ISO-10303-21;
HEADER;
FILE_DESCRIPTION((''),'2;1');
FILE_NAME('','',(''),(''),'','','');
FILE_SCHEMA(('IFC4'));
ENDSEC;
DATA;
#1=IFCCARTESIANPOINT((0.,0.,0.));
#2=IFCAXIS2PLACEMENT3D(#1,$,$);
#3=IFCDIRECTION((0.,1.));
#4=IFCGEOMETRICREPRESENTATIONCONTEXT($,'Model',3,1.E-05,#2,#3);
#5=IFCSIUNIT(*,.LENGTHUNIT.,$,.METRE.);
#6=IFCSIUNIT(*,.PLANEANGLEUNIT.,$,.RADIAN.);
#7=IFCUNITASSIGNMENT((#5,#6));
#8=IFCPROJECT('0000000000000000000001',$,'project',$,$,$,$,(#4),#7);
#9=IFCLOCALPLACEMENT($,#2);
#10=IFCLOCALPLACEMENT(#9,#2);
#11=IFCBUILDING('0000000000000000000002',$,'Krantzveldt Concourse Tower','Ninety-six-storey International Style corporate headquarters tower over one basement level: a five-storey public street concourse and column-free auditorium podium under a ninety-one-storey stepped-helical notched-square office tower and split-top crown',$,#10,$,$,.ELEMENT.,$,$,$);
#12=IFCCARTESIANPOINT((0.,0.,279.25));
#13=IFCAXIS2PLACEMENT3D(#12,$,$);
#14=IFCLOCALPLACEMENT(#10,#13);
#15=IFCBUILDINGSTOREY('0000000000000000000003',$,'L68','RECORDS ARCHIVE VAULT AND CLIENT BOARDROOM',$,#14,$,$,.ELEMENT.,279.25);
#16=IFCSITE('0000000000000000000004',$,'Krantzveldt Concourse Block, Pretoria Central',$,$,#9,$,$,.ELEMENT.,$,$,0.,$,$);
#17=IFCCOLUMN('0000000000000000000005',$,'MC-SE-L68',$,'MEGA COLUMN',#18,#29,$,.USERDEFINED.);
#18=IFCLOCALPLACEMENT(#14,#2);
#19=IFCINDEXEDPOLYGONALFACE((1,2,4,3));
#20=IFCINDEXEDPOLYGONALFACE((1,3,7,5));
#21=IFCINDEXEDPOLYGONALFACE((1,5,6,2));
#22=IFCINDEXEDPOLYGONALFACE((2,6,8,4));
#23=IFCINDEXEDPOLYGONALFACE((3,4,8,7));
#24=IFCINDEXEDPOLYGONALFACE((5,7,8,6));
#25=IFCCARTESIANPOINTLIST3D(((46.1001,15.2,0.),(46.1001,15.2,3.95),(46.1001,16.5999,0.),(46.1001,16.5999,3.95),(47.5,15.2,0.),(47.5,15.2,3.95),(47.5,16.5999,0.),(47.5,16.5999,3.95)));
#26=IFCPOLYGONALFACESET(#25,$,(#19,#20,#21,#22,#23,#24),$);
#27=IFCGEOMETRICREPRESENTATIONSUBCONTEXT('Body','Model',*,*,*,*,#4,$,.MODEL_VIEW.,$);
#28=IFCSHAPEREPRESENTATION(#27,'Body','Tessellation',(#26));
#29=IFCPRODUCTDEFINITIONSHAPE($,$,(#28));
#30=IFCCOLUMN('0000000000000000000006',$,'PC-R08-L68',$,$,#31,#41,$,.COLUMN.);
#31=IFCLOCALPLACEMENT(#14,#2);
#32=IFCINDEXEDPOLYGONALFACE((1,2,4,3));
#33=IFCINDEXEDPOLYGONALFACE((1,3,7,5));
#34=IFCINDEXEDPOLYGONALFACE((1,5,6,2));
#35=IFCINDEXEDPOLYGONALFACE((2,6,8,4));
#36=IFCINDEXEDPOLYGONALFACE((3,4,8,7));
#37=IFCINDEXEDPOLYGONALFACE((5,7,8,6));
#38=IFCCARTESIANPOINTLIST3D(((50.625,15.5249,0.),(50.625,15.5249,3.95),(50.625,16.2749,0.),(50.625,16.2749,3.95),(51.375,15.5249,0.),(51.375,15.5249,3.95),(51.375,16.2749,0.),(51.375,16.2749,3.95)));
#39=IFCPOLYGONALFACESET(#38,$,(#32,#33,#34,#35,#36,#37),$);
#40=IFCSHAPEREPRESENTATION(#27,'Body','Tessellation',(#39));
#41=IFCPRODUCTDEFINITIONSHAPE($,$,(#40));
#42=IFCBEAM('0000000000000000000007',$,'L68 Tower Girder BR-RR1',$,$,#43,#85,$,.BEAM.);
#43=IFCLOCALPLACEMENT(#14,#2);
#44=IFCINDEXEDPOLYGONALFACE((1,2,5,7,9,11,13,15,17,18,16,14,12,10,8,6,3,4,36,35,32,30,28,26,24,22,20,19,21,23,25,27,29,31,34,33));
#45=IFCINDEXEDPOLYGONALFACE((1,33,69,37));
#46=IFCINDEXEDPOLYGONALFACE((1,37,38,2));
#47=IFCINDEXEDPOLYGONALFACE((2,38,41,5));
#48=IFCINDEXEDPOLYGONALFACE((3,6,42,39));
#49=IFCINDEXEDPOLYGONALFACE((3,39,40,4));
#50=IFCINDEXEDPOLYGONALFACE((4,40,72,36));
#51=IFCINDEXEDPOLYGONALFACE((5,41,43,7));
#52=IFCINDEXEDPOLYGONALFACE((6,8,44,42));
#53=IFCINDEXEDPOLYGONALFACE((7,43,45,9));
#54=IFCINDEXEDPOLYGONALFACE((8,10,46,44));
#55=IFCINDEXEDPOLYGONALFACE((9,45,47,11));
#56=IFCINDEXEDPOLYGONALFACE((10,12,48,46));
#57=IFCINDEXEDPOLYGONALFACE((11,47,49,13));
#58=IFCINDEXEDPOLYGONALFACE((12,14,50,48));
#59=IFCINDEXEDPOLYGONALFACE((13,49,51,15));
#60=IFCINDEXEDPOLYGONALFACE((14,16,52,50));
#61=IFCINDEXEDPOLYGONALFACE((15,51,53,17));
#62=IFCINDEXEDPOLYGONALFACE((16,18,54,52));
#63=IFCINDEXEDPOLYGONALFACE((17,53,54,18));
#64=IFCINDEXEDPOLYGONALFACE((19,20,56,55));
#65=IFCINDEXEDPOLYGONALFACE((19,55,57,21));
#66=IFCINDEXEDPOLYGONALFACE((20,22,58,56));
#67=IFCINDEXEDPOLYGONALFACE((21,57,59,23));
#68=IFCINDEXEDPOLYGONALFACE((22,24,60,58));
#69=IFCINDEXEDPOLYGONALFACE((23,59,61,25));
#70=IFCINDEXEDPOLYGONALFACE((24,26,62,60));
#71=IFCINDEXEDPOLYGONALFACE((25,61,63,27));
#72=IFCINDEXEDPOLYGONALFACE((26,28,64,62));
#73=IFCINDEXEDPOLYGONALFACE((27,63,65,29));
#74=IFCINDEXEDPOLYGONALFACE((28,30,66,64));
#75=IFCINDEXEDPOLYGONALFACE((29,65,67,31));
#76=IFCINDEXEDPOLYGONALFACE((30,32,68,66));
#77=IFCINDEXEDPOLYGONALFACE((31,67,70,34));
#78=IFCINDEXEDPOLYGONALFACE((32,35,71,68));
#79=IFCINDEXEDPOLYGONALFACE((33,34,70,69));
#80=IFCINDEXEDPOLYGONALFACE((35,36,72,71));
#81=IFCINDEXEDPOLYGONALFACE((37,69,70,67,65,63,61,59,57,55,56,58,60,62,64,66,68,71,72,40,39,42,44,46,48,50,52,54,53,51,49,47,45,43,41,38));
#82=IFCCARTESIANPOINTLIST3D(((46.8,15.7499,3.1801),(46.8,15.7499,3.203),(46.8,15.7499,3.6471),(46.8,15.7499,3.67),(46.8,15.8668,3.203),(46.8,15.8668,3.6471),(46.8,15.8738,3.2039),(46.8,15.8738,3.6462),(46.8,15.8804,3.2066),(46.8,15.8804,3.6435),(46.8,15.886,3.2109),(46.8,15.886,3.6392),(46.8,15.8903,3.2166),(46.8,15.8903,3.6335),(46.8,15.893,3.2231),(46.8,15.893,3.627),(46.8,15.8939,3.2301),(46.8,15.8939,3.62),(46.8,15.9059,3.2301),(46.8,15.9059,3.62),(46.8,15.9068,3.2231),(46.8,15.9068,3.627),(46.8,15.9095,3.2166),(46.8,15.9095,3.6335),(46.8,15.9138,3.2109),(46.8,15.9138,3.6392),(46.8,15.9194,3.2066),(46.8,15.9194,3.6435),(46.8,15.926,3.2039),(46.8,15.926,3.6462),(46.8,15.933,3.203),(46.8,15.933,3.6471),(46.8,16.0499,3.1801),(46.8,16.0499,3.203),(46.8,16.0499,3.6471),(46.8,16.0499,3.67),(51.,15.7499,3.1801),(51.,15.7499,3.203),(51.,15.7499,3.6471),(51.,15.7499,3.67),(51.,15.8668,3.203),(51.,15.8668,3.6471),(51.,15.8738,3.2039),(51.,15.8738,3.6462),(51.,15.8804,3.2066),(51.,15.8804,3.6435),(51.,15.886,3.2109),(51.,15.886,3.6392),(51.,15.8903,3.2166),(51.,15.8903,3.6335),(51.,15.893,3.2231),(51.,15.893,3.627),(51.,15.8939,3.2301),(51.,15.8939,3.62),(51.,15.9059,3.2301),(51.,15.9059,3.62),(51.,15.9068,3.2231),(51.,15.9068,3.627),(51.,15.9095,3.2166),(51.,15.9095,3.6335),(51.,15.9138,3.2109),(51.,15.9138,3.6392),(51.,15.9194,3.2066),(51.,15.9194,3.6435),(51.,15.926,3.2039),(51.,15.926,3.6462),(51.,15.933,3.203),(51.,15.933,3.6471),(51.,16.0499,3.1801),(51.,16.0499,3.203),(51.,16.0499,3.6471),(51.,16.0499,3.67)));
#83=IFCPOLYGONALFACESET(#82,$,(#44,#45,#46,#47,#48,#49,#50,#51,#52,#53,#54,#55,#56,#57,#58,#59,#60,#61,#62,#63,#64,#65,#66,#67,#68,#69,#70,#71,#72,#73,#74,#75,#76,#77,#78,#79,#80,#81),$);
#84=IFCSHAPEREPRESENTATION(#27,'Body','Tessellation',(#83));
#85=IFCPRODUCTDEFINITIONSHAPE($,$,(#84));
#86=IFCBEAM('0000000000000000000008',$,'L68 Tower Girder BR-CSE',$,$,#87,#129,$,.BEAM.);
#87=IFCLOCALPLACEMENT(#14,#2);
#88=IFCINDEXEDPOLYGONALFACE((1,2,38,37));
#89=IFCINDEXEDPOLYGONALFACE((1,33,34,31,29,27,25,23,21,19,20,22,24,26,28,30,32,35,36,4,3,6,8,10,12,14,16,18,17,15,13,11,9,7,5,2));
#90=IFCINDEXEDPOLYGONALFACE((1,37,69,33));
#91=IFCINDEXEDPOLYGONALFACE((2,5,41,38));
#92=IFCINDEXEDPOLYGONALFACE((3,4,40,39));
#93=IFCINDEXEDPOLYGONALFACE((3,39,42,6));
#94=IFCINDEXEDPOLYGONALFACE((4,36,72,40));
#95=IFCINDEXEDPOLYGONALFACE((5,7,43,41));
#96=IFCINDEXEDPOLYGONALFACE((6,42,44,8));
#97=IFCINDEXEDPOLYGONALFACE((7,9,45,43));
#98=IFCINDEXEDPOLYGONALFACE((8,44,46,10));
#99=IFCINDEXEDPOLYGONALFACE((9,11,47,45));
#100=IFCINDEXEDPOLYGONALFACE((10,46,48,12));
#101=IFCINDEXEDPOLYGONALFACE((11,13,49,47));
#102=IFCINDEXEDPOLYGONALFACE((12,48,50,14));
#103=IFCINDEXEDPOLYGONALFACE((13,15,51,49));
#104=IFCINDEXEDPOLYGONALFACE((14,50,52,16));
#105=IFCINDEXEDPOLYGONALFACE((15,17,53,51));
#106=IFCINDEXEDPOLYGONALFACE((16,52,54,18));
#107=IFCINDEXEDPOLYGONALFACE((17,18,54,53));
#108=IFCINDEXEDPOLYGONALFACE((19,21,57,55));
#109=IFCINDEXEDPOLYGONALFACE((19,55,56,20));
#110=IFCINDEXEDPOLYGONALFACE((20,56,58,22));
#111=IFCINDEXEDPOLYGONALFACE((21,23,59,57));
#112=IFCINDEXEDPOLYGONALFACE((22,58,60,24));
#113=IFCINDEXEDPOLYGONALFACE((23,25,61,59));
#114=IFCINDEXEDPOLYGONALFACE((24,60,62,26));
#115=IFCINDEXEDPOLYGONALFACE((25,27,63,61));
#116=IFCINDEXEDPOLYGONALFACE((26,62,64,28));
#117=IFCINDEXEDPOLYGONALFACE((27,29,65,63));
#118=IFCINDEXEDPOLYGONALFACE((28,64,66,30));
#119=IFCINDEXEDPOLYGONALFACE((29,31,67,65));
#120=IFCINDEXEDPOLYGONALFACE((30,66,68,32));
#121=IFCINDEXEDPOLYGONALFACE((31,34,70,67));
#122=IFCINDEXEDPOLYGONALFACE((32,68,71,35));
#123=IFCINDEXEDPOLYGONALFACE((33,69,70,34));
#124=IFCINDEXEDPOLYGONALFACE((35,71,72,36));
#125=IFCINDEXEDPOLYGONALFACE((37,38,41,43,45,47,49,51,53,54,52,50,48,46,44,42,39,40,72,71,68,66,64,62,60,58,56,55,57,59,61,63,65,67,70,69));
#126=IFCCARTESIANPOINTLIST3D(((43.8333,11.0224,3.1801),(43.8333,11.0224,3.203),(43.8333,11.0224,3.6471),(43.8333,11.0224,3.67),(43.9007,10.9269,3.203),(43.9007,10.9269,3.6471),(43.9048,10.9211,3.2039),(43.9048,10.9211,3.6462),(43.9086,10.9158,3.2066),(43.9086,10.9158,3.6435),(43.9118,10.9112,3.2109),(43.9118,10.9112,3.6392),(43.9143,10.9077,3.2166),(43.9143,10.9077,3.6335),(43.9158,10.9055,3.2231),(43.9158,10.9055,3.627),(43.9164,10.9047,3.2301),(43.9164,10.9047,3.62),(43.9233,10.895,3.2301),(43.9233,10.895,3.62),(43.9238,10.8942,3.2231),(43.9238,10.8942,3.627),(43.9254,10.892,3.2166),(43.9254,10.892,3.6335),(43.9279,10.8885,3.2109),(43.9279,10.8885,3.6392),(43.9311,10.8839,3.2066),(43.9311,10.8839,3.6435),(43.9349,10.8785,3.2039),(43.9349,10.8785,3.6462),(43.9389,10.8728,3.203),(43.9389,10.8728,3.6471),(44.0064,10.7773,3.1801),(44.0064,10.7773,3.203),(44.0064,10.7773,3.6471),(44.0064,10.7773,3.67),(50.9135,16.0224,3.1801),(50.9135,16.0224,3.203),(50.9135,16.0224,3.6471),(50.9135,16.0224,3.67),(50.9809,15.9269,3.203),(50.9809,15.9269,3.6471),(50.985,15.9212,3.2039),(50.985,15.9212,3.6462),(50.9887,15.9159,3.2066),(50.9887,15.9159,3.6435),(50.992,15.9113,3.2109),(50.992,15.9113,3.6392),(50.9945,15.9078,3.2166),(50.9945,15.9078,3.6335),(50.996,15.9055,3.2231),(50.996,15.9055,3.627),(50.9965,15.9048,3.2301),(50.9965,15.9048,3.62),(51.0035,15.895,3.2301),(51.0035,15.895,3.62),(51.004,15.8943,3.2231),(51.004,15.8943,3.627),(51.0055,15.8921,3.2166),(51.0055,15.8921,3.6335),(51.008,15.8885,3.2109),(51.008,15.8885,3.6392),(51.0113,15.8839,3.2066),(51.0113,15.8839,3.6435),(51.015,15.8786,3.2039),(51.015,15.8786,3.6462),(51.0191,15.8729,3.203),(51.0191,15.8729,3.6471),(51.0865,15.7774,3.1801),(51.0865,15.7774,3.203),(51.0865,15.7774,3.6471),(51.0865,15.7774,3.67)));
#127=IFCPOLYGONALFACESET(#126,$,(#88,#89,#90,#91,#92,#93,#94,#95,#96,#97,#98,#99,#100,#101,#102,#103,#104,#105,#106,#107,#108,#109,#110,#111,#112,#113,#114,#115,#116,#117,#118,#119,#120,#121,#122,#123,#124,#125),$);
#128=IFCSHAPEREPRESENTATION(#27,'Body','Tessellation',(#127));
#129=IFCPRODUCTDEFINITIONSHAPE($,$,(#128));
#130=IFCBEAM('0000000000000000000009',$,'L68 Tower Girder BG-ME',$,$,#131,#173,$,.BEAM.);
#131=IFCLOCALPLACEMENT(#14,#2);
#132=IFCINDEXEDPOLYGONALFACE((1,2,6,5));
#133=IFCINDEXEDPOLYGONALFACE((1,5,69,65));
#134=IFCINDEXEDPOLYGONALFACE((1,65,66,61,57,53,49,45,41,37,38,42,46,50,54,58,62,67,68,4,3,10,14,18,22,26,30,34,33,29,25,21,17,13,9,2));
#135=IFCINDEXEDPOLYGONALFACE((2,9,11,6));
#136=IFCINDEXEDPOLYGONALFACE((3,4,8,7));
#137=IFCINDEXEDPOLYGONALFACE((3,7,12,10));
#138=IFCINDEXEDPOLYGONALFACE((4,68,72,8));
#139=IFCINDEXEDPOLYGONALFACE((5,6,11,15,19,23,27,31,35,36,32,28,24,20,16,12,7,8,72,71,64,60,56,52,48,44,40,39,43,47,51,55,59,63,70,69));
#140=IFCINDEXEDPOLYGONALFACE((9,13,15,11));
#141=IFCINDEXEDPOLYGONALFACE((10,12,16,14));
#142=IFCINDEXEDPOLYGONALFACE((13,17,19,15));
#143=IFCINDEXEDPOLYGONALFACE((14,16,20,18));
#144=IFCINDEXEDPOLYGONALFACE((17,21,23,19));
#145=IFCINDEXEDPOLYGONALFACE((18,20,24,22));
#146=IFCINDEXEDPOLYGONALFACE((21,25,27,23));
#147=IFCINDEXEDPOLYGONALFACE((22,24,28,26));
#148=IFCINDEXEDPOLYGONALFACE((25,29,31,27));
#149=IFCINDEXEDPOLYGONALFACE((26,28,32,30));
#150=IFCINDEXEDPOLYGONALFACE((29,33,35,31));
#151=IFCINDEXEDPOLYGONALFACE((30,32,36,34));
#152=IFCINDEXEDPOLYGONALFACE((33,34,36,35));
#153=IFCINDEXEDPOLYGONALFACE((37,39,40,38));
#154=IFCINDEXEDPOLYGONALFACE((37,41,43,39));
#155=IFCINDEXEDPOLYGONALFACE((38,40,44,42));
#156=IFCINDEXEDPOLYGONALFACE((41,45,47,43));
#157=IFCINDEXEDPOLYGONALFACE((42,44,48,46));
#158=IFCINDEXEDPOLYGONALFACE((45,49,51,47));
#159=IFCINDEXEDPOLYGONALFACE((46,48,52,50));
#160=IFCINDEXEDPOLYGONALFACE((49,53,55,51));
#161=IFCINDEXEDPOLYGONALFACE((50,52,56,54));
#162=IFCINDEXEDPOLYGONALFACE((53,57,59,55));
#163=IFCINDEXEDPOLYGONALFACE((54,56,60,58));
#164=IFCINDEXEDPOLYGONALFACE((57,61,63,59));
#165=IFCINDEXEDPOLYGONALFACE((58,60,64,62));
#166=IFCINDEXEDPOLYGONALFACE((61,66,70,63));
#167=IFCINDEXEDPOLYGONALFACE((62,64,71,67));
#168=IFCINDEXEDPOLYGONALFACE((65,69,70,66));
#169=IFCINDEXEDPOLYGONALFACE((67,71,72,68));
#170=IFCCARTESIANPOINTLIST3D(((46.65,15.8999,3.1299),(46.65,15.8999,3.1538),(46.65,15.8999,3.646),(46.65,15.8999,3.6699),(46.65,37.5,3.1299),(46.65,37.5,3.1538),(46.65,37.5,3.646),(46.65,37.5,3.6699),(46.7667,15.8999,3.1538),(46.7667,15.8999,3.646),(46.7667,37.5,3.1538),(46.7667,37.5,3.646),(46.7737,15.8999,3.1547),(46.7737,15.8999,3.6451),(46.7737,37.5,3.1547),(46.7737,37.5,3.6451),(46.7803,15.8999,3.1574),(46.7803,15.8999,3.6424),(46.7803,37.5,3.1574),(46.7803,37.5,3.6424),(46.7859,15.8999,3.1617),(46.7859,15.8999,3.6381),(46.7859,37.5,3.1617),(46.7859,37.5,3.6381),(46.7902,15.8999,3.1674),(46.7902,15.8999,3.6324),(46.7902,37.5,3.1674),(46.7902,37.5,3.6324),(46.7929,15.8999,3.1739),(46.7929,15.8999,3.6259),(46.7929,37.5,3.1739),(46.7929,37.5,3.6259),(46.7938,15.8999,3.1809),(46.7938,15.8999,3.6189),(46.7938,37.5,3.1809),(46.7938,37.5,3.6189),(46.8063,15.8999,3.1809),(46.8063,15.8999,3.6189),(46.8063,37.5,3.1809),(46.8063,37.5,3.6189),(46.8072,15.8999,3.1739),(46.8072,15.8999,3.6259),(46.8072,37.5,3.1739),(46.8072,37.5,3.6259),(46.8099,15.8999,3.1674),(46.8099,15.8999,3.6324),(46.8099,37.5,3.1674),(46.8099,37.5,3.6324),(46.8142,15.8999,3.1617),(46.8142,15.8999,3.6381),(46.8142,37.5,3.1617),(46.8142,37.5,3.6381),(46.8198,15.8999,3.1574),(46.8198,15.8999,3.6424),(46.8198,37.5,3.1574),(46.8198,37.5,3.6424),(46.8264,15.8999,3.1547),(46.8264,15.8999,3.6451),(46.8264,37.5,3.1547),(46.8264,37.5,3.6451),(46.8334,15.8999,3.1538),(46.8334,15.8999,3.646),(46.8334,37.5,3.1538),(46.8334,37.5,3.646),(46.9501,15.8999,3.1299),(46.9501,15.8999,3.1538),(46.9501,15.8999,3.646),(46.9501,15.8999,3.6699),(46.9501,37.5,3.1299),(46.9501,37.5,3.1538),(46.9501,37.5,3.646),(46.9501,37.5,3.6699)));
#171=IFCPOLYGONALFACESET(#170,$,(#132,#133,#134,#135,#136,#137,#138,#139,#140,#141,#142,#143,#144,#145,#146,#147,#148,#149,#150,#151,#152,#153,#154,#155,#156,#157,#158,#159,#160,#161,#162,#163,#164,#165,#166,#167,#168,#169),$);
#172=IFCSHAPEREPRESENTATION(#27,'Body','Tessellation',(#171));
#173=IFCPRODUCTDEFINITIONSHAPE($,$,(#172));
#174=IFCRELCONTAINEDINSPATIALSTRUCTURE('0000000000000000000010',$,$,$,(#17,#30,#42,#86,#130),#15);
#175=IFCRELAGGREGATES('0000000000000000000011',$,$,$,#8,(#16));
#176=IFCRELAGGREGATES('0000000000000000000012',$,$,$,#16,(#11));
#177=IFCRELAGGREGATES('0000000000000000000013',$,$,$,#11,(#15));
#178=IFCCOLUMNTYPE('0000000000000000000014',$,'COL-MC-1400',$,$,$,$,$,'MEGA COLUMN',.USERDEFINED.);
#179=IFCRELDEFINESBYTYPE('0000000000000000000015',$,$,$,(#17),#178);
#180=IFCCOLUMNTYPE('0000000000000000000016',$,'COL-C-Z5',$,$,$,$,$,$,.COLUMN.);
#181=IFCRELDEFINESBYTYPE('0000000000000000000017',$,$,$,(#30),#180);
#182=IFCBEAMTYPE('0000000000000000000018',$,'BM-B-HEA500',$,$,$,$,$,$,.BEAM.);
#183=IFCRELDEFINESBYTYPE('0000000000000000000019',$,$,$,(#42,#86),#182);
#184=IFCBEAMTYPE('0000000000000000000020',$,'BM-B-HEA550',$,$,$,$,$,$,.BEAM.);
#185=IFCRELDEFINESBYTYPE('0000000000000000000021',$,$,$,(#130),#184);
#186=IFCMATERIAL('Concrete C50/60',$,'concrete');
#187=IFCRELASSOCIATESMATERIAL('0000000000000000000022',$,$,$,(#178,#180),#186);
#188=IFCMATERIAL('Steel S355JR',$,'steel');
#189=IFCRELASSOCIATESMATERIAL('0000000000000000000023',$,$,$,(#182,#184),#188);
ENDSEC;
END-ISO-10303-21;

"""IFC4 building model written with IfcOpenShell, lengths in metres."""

from ifc_helpers import new_model, si_unit, direction, frame, origin, origin_2d, place, context, subcontext, project, spatial, rectangle, i_section, extrude, source, transform, mapped, material, material_profile, profile_set, type_object, type_shapes, element, save


model = new_model("IFC4")

# Units and contexts
model_context = context("Model", 3, precision=1e-05, world=origin(), true_north=direction((0.0, 1.0)))
body_context = subcontext(model_context, "Body", "Model", "MODEL_VIEW")
ifc_project = project(units=[si_unit("LENGTHUNIT", "METRE"), si_unit("PLANEANGLEUNIT", "RADIAN")], contexts=[model_context])

# Site, building, storey
site_placement = place(None, origin())
site = spatial("IfcSite", under=ifc_project, at=site_placement, Name="Krantzveldt Concourse Block, Pretoria Central", CompositionType="ELEMENT", RefElevation=0.0)
building_placement = place(site_placement, origin())
building = spatial("IfcBuilding", under=site, at=building_placement, Name="Krantzveldt Concourse Tower", Description="Ninety-six-storey International Style corporate headquarters tower over one basement level: a five-storey public street concourse and column-free auditorium podium under a ninety-one-storey stepped-helical notched-square office tower and split-top crown", CompositionType="ELEMENT")
storey_placement = place(building_placement, frame((0.0, 0.0, 279.25)))
storey = spatial("IfcBuildingStorey", under=building, at=storey_placement, Name="L68", Description="RECORDS ARCHIVE VAULT AND CLIENT BOARDROOM", CompositionType="ELEMENT", Elevation=279.25)

# Columns
ifc_material_1 = material(Name="Concrete C50/60", Category="concrete")
ifc_material_profile_1 = material_profile(ifc_material_1, rectangle(XDim=1.3999, YDim=1.3999, at=origin_2d()), Name="Concrete C50/60", Category="concrete")
ifc_profile_set_1 = profile_set([ifc_material_profile_1], Name="Concrete C50/60 - RC 1400x1400")
column_type_1 = type_object("IfcColumnType", Name="COL-MC-1400", ElementType="MEGA COLUMN", PredefinedType="USERDEFINED", material=ifc_profile_set_1)
shared_shape_1 = source(origin(), body_context, "Body", "SweptSolid", [
    extrude(rectangle(XDim=1.3999, YDim=1.3999, at=origin_2d()), origin(), (0.0, 0.0, 1.0), 3.95),
])
type_shapes(column_type_1, [shared_shape_1])
column_1_placement = place(storey_placement, frame((46.8, 15.8999, 0.0), z_axis=(0.0, 0.0, 1.0), x_axis=(1.0, 0.0, 0.0)))
element("IfcColumn", 1, at=column_1_placement, inside=storey, type_object=column_type_1, Name="MC-SE-L68", ObjectType="MEGA COLUMN", PredefinedType="USERDEFINED", context=body_context, shape_type="MappedRepresentation", body=[
    mapped(shared_shape_1, transform((0.0, 0.0, 0.0), x_axis=(1.0, 0.0, 0.0), y_axis=(0.0, 1.0, 0.0), z_axis=(0.0, 0.0, 1.0), scale=1.0)),
])
ifc_material_profile_2 = material_profile(ifc_material_1, rectangle(XDim=0.75, YDim=0.75, at=origin_2d()), Name="Concrete C50/60", Category="concrete")
ifc_profile_set_2 = profile_set([ifc_material_profile_2], Name="Concrete C50/60 - RC 750x750")
column_type_2 = type_object("IfcColumnType", Name="COL-C-Z5", PredefinedType="COLUMN", material=ifc_profile_set_2)
shared_shape_2 = source(origin(), body_context, "Body", "SweptSolid", [
    extrude(rectangle(XDim=0.75, YDim=0.75, at=origin_2d()), origin(), (0.0, 0.0, 1.0), 3.95),
])
type_shapes(column_type_2, [shared_shape_2])
column_2_placement = place(storey_placement, frame((51.0, 15.8999, 0.0), z_axis=(0.0, 0.0, 1.0), x_axis=(1.0, 0.0, 0.0)))
element("IfcColumn", 2, at=column_2_placement, inside=storey, type_object=column_type_2, Name="PC-R08-L68", PredefinedType="COLUMN", context=body_context, shape_type="MappedRepresentation", body=[
    mapped(shared_shape_2, transform((0.0, 0.0, 0.0), x_axis=(1.0, 0.0, 0.0), y_axis=(0.0, 1.0, 0.0), z_axis=(0.0, 0.0, 1.0), scale=1.0)),
])

# Beams
ifc_material_2 = material(Name="Steel S355JR", Category="steel")
ifc_material_profile_3 = material_profile(ifc_material_2, i_section(OverallWidth=0.3, OverallDepth=0.49, WebThickness=0.012, FlangeThickness=0.0229, FilletRadius=0.0271, at=origin_2d()), Name="Steel S355JR", Category="steel")
ifc_profile_set_3 = profile_set([ifc_material_profile_3], Name="Steel S355JR - HEA 500")
beam_type_1 = type_object("IfcBeamType", Name="BM-B-HEA500", PredefinedType="BEAM", material=ifc_profile_set_3)
shared_shape_3 = source(origin(), body_context, "Body", "SweptSolid", [
    extrude(i_section(OverallWidth=0.3, OverallDepth=0.49, WebThickness=0.012, FlangeThickness=0.0229, FilletRadius=0.0271, at=origin_2d()), origin(), (0.0, 0.0, 1.0), 4.2),
])
beam_1_placement = place(storey_placement, frame((46.8, 15.8999, 3.425), z_axis=(1.0, 0.0, 0.0), x_axis=(0.0, 1.0, 0.0)))
element("IfcBeam", 3, at=beam_1_placement, inside=storey, type_object=beam_type_1, Name="L68 Tower Girder BR-RR1", PredefinedType="BEAM", context=body_context, shape_type="MappedRepresentation", body=[
    mapped(shared_shape_3, transform((0.0, 0.0, 0.0), x_axis=(1.0, 0.0, 0.0), y_axis=(0.0, 1.0, 0.0), z_axis=(0.0, 0.0, 1.0), scale=1.0)),
])
shared_shape_4 = source(origin(), body_context, "Body", "SweptSolid", [
    extrude(i_section(OverallWidth=0.3, OverallDepth=0.49, WebThickness=0.012, FlangeThickness=0.0229, FilletRadius=0.0271, at=origin_2d()), origin(), (0.0, 0.0, 1.0), 8.6677),
])
type_shapes(beam_type_1, [shared_shape_3, shared_shape_4])
beam_2_placement = place(storey_placement, frame((51.0, 15.8999, 3.425), z_axis=(-0.816843, -0.57686, 0.0), x_axis=(0.57686, -0.816843, 0.0)))
element("IfcBeam", 4, at=beam_2_placement, inside=storey, type_object=beam_type_1, Name="L68 Tower Girder BR-CSE", PredefinedType="BEAM", context=body_context, shape_type="MappedRepresentation", body=[
    mapped(shared_shape_4, transform((0.0, 0.0, 0.0), x_axis=(1.0, 0.0, 0.0), y_axis=(0.0, 1.0, 0.0), z_axis=(0.0, 0.0, 1.0), scale=1.0)),
])
ifc_material_profile_4 = material_profile(ifc_material_2, i_section(OverallWidth=0.3, OverallDepth=0.54, WebThickness=0.0125, FlangeThickness=0.0239, FilletRadius=0.0271, at=origin_2d()), Name="Steel S355JR", Category="steel")
ifc_profile_set_4 = profile_set([ifc_material_profile_4], Name="Steel S355JR - HEA 550")
beam_type_2 = type_object("IfcBeamType", Name="BM-B-HEA550", PredefinedType="BEAM", material=ifc_profile_set_4)
shared_shape_5 = source(origin(), body_context, "Body", "SweptSolid", [
    extrude(i_section(OverallWidth=0.3, OverallDepth=0.54, WebThickness=0.0125, FlangeThickness=0.0239, FilletRadius=0.0271, at=origin_2d()), origin(), (0.0, 0.0, 1.0), 21.6001),
])
beam_3_placement = place(storey_placement, frame((46.8, 15.8999, 3.3999), z_axis=(0.0, 1.0, 0.0), x_axis=(-1.0, 0.0, 0.0)))
element("IfcBeam", 5, at=beam_3_placement, inside=storey, type_object=beam_type_2, Name="L68 Tower Girder BG-ME", PredefinedType="BEAM", context=body_context, shape_type="MappedRepresentation", body=[
    mapped(shared_shape_5, transform((0.0, 0.0, 0.0), x_axis=(1.0, 0.0, 0.0), y_axis=(0.0, 1.0, 0.0), z_axis=(0.0, 0.0, 1.0), scale=1.0)),
])

save(model, "model.ifc")
